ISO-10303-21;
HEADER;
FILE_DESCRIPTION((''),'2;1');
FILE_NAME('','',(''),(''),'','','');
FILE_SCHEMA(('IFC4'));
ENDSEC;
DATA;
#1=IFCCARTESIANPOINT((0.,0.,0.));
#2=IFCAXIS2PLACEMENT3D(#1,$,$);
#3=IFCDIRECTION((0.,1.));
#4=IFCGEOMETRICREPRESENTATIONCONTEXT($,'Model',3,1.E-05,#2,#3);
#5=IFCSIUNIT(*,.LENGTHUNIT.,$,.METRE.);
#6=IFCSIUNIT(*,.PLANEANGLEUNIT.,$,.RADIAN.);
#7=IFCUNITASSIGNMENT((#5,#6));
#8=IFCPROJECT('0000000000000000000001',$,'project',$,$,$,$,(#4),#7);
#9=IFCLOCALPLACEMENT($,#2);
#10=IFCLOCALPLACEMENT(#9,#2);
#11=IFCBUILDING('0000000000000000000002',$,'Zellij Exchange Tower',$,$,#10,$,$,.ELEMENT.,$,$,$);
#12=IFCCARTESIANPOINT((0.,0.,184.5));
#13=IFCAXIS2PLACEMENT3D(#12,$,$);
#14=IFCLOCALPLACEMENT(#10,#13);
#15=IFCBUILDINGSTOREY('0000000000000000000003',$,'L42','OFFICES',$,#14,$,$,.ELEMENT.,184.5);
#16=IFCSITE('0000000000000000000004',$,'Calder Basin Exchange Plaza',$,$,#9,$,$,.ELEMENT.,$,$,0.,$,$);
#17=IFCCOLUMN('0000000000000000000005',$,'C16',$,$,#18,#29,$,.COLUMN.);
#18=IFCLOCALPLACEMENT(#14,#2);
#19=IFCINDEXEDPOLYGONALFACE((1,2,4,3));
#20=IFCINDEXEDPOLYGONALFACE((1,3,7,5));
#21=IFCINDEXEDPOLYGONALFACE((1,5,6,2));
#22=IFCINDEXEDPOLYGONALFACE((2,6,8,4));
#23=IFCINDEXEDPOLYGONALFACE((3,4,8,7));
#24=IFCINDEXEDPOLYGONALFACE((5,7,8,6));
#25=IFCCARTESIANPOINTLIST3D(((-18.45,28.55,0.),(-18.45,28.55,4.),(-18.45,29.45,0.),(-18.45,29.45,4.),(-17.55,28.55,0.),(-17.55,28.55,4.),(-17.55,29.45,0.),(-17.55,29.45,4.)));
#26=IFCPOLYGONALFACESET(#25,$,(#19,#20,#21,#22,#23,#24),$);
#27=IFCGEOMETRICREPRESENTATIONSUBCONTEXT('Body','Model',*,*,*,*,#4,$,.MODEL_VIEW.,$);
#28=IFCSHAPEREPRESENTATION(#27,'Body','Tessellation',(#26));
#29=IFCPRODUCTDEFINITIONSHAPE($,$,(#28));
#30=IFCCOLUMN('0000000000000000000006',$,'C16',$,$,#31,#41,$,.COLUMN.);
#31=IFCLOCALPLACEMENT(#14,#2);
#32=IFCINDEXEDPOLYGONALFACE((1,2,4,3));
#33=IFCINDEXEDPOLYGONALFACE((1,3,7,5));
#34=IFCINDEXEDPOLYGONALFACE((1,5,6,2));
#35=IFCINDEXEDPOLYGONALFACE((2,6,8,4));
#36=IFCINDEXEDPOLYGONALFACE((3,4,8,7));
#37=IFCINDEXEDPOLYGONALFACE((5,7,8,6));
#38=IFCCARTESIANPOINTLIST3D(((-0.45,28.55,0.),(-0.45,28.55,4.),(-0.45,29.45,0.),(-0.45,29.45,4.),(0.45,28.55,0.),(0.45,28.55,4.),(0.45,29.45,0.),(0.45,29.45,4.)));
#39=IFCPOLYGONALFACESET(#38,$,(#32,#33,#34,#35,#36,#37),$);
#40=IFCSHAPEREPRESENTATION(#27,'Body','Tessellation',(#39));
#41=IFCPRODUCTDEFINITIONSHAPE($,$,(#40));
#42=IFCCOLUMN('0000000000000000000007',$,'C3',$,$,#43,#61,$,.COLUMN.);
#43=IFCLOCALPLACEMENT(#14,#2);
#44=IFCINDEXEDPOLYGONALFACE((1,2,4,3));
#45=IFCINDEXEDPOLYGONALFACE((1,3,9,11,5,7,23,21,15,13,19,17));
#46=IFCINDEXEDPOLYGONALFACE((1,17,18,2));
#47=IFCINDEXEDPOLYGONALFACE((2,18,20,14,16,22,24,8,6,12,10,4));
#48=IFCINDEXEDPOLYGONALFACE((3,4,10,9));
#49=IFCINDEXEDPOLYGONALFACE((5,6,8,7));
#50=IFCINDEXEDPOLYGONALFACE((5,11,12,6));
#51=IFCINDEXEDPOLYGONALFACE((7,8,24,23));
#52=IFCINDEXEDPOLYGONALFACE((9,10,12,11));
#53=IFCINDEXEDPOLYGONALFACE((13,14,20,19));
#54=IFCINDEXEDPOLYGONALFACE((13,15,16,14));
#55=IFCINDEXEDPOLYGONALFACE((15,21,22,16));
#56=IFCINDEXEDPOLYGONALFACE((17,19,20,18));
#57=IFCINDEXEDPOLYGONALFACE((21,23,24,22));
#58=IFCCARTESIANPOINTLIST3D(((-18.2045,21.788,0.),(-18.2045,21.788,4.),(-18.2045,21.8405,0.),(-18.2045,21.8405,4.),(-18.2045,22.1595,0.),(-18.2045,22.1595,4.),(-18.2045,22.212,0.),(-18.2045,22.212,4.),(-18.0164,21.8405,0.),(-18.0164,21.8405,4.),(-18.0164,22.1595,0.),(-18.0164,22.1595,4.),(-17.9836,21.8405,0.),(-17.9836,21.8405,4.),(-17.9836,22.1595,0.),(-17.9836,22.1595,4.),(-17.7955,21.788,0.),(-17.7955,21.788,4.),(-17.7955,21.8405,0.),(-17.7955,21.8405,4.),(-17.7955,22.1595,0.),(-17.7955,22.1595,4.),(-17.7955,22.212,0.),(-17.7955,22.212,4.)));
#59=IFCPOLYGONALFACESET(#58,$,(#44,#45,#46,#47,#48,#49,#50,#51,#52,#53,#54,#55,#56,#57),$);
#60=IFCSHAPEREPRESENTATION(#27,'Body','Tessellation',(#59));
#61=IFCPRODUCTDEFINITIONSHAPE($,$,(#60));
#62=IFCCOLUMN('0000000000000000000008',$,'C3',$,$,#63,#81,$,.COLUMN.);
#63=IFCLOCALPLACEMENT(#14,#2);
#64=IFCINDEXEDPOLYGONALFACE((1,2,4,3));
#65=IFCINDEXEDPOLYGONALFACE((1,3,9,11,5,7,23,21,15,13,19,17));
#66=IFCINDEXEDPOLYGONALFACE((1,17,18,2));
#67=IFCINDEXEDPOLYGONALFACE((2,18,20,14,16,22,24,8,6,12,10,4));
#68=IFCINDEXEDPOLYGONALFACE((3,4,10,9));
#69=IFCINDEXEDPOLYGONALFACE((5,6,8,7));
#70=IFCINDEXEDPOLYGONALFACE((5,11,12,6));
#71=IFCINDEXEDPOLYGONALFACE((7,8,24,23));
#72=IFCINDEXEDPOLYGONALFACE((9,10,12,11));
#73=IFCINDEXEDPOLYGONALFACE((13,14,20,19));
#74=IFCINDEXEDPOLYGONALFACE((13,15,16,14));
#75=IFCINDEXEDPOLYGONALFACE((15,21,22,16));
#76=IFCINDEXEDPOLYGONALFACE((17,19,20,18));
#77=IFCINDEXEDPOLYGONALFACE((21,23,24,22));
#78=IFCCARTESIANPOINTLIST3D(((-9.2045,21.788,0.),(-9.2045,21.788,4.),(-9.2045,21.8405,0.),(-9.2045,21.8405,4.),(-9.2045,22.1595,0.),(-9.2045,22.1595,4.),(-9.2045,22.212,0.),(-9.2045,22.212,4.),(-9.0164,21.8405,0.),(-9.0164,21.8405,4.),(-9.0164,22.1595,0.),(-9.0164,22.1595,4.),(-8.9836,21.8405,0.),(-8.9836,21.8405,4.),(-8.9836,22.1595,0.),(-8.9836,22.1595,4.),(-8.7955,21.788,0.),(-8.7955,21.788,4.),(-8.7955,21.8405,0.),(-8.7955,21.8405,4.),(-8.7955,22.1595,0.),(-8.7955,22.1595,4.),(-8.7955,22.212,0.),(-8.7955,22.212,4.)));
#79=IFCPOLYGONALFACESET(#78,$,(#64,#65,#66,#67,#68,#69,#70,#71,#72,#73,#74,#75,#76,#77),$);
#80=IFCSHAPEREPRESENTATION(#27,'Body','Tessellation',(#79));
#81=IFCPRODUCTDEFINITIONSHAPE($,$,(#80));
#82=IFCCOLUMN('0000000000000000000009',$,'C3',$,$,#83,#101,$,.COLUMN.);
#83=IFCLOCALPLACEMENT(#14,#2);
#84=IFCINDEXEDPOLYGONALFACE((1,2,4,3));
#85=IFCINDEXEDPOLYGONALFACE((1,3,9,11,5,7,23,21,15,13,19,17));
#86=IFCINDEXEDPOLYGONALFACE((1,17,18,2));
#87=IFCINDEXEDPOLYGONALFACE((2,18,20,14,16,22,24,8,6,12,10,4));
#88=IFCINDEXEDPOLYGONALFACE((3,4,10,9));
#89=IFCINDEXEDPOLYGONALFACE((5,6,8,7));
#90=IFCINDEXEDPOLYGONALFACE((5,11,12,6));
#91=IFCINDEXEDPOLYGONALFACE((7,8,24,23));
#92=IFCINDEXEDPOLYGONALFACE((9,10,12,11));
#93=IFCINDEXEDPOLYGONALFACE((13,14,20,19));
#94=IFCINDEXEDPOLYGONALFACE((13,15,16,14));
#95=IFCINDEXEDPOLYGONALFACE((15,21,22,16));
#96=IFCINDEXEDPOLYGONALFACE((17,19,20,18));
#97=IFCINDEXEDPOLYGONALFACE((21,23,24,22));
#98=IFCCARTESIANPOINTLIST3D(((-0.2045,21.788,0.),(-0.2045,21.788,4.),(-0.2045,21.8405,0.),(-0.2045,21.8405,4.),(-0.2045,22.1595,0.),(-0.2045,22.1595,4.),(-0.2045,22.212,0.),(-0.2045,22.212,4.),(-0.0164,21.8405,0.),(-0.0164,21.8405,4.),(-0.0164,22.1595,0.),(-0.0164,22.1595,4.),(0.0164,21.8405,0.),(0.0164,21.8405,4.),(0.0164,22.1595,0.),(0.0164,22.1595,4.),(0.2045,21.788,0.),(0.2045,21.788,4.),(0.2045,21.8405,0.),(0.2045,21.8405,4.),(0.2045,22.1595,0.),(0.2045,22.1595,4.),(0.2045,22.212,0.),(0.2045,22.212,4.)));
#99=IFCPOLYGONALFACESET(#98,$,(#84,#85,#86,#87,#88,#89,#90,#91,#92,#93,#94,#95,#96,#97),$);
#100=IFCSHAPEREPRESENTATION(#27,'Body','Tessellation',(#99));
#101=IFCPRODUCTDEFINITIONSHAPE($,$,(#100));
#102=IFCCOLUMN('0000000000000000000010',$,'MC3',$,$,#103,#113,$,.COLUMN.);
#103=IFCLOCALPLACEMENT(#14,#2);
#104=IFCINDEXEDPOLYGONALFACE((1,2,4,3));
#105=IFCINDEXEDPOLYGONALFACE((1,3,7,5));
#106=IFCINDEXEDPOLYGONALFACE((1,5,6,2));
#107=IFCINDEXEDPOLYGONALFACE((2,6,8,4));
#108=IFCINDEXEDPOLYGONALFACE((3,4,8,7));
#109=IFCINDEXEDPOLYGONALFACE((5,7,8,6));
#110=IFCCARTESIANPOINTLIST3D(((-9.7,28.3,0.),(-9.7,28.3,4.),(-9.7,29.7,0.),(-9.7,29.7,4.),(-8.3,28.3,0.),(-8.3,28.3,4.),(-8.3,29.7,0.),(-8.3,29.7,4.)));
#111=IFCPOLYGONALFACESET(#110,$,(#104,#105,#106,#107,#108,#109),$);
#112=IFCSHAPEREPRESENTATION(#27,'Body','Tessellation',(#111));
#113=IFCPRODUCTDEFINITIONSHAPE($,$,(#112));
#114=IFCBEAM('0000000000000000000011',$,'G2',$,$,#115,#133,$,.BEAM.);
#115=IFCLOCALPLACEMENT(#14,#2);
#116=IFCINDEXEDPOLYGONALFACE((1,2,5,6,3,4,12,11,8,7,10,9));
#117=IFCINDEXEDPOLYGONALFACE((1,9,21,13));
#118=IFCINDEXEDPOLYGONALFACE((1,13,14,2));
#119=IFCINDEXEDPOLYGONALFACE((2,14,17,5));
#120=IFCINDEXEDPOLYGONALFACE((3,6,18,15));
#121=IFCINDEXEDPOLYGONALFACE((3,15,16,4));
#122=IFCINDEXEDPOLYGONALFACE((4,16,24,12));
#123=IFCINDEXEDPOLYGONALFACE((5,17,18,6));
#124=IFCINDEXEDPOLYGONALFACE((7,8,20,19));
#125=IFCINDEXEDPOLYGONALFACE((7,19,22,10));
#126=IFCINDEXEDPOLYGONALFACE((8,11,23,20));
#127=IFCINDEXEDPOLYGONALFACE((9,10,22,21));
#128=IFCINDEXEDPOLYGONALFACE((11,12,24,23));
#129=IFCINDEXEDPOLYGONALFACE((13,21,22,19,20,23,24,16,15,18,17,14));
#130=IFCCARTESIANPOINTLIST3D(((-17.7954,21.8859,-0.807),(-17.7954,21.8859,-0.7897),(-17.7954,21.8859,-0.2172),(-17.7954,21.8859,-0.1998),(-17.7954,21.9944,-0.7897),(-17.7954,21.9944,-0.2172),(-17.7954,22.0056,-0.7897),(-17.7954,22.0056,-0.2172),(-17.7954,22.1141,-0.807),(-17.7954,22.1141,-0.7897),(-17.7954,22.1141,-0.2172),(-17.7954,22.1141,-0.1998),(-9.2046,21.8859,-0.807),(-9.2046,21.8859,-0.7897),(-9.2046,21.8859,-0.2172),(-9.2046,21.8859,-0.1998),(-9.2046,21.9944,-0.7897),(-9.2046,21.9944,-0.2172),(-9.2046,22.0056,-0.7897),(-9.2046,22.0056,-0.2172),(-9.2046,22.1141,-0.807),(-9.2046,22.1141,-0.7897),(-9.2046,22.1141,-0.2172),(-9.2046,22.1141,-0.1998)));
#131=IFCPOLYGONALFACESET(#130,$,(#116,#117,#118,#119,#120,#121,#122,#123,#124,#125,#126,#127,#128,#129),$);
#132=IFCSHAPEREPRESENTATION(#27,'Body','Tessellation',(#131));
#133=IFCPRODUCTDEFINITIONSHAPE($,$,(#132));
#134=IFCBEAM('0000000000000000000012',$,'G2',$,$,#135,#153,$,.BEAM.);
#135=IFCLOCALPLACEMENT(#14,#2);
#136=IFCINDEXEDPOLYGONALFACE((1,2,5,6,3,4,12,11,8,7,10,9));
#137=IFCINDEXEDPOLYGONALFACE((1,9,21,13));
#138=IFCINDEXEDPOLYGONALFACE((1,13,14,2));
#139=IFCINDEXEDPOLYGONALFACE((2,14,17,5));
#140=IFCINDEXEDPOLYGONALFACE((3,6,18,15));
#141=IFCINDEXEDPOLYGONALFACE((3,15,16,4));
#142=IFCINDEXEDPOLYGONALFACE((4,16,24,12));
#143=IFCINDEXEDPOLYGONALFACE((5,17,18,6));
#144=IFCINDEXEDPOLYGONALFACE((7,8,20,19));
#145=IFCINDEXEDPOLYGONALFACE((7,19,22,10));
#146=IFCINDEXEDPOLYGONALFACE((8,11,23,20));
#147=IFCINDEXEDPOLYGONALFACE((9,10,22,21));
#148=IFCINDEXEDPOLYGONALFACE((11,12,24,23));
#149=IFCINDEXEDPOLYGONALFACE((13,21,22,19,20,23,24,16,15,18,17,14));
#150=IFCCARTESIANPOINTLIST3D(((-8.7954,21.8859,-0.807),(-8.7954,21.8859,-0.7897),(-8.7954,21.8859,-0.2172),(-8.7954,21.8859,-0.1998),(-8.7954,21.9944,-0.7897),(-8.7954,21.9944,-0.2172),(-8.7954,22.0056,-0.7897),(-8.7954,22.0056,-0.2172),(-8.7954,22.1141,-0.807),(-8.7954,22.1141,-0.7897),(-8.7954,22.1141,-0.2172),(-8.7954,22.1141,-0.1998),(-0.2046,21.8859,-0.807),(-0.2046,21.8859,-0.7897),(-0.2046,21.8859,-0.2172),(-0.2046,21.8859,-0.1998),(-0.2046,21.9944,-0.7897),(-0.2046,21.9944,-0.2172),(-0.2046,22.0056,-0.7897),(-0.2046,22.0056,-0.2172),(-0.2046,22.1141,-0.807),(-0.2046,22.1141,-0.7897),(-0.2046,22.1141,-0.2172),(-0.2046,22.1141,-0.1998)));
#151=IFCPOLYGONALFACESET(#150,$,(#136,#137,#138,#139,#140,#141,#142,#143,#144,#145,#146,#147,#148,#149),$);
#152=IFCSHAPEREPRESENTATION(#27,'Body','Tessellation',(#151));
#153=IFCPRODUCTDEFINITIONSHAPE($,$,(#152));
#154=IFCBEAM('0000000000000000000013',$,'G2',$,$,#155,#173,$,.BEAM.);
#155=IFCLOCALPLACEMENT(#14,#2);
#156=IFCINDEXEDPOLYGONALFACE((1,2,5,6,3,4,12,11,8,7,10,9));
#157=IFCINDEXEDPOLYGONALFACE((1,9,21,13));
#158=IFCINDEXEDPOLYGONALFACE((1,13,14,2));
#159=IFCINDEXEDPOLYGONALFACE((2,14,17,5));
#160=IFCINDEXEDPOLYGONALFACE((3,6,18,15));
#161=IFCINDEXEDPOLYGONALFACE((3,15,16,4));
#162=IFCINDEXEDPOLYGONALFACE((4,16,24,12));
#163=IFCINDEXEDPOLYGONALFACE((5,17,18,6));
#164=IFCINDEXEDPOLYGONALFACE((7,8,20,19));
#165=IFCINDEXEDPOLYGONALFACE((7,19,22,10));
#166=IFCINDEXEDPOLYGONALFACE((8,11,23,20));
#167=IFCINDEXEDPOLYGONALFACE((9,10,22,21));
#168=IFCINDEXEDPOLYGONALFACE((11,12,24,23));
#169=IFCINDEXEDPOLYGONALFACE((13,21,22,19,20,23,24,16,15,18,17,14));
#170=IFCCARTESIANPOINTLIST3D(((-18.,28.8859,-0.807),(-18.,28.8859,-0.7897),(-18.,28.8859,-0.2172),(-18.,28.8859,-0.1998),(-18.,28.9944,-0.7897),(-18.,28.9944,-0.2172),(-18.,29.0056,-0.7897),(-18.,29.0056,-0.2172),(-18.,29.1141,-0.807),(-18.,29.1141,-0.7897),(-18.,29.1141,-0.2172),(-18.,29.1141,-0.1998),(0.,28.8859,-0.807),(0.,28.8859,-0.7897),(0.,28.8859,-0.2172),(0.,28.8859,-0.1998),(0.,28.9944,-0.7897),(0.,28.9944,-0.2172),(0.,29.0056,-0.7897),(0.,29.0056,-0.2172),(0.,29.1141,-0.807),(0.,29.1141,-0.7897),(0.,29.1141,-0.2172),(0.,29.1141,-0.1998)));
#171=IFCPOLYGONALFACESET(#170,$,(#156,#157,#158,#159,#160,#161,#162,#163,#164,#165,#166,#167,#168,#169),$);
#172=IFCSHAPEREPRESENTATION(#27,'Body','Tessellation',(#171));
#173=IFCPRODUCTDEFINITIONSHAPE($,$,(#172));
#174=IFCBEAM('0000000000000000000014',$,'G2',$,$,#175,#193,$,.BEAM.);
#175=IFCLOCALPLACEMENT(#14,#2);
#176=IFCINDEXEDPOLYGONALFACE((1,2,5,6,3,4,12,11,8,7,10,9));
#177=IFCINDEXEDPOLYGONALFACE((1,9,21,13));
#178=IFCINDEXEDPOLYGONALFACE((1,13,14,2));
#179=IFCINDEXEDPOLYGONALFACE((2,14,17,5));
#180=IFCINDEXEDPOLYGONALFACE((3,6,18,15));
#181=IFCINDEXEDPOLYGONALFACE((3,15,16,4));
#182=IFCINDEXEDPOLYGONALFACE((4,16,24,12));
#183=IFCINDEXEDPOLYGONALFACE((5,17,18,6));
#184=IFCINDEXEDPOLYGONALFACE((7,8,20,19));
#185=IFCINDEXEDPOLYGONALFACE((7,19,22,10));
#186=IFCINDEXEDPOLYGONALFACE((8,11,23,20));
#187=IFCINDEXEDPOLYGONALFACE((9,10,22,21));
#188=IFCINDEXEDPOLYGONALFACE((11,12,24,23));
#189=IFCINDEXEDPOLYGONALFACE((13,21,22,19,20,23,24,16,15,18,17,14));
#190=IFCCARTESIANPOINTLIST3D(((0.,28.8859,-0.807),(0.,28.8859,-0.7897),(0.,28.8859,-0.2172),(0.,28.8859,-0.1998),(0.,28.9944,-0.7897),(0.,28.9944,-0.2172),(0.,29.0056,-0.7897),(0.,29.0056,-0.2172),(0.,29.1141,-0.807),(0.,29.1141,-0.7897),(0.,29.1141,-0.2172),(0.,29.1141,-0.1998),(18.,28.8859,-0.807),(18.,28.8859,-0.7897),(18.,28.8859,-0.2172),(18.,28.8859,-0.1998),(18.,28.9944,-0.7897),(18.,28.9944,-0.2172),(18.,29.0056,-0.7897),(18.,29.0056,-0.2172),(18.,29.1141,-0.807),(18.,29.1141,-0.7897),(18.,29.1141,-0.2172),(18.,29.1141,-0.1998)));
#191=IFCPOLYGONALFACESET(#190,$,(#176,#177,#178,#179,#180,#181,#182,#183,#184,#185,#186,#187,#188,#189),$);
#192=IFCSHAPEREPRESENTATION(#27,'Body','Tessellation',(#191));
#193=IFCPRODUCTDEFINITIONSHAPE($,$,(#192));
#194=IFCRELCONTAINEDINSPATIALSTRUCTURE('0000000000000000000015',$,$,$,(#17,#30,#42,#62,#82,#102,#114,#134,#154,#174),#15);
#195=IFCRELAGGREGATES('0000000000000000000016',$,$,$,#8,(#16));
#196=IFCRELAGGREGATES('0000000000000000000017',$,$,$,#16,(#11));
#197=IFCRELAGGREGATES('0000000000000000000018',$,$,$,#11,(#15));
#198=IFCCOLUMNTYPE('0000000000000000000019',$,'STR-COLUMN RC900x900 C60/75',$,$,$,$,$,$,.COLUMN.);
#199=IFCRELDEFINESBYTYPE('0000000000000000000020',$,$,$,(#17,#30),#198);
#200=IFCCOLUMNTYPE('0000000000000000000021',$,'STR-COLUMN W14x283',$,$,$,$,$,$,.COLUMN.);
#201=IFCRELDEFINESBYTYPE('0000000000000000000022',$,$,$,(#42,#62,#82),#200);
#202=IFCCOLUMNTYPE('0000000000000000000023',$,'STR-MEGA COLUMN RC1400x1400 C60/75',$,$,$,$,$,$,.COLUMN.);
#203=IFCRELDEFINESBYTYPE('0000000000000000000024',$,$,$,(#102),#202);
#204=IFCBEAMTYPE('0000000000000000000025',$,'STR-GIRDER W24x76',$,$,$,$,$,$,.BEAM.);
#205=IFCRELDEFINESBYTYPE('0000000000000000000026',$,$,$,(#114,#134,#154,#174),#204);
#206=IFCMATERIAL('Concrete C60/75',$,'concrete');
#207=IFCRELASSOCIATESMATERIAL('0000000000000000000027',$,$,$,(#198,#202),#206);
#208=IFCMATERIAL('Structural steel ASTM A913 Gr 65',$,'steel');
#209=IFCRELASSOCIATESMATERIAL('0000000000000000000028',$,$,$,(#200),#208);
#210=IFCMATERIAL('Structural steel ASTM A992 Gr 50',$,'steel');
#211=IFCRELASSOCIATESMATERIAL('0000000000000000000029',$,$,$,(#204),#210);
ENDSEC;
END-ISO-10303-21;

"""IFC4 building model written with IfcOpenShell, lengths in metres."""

from ifc_helpers import new_model, si_unit, direction, frame, origin, origin_2d, place, context, subcontext, project, spatial, rectangle, i_section, extrude, material, material_profile, profile_set, type_object, element, save


model = new_model("IFC4")

# Units and contexts
model_context = context("Model", 3, precision=1e-05, world=origin(), true_north=direction((0.0, 1.0)))
body_context = subcontext(model_context, "Body", "Model", "MODEL_VIEW")
ifc_project = project(units=[si_unit("LENGTHUNIT", "METRE"), si_unit("PLANEANGLEUNIT", "RADIAN")], contexts=[model_context])

# Site, building, storey
site_placement = place(None, origin())
site = spatial("IfcSite", under=ifc_project, at=site_placement, Name="Calder Basin Exchange Plaza", CompositionType="ELEMENT", RefElevation=0.0)
building_placement = place(site_placement, origin())
building = spatial("IfcBuilding", under=site, at=building_placement, Name="Zellij Exchange Tower", CompositionType="ELEMENT")
storey_placement = place(building_placement, frame((0.0, 0.0, 184.5)))
storey = spatial("IfcBuildingStorey", under=building, at=storey_placement, Name="L42", Description="OFFICES", CompositionType="ELEMENT", Elevation=184.5)

# Columns
ifc_material_1 = material(Name="Concrete C60/75", Category="concrete")
ifc_material_profile_1 = material_profile(ifc_material_1, rectangle(XDim=0.8999, YDim=0.8999, at=origin_2d()), Name="STR-COLUMN RC900x900 C60/75")
ifc_profile_set_1 = profile_set([ifc_material_profile_1], Name="Concrete C60/75")
column_type_1 = type_object("IfcColumnType", Name="STR-COLUMN RC900x900 C60/75", PredefinedType="COLUMN", material=ifc_profile_set_1)
for number, where, z_axis, x_axis, name in (
    (1, (-18.0, 29.0, 0.0), (0.0, 0.0, 1.0), (1.0, 0.0, 0.0), "C16"),
    (2, (0.0, 29.0, 0.0), (0.0, 0.0, 1.0), (1.0, 0.0, 0.0), "C16"),
):
    element("IfcColumn", number, at=place(storey_placement, frame(where, z_axis=z_axis, x_axis=x_axis)), inside=storey, type_object=column_type_1, Name=name, PredefinedType="COLUMN", context=body_context, shape_type="SweptSolid", body=[
        extrude(rectangle(XDim=0.8999, YDim=0.8999, at=origin_2d()), origin(), (0.0, 0.0, 1.0), 4.0),
    ])
ifc_material_2 = material(Name="Structural steel ASTM A913 Gr 65", Category="steel")
ifc_material_profile_2 = material_profile(ifc_material_2, i_section(OverallWidth=0.4089, OverallDepth=0.4241, WebThickness=0.0327, FlangeThickness=0.0525, at=origin_2d()), Name="W14x283")
ifc_profile_set_2 = profile_set([ifc_material_profile_2], Name="Structural steel ASTM A913 Gr 65")
column_type_2 = type_object("IfcColumnType", Name="STR-COLUMN W14x283", PredefinedType="COLUMN", material=ifc_profile_set_2)
for number, where, z_axis, x_axis, name in (
    (3, (-18.0, 22.0, 0.0), (0.0, 0.0, 1.0), (1.0, 0.0, 0.0), "C3"),
    (4, (-9.0, 22.0, 0.0), (0.0, 0.0, 1.0), (1.0, 0.0, 0.0), "C3"),
    (5, (0.0, 22.0, 0.0), (0.0, 0.0, 1.0), (1.0, 0.0, 0.0), "C3"),
):
    element("IfcColumn", number, at=place(storey_placement, frame(where, z_axis=z_axis, x_axis=x_axis)), inside=storey, type_object=column_type_2, Name=name, PredefinedType="COLUMN", context=body_context, shape_type="SweptSolid", body=[
        extrude(i_section(OverallWidth=0.4089, OverallDepth=0.4241, WebThickness=0.0327, FlangeThickness=0.0525, at=origin_2d()), origin(), (0.0, 0.0, 1.0), 4.0),
    ])
ifc_material_profile_3 = material_profile(ifc_material_1, rectangle(XDim=1.3999, YDim=1.3999, at=origin_2d()), Name="STR-MEGA COLUMN RC1400x1400 C60/75")
ifc_profile_set_3 = profile_set([ifc_material_profile_3], Name="Concrete C60/75")
column_type_3 = type_object("IfcColumnType", Name="STR-MEGA COLUMN RC1400x1400 C60/75", PredefinedType="COLUMN", material=ifc_profile_set_3)
column_placement = place(storey_placement, frame((-9.0, 29.0, 0.0), z_axis=(0.0, 0.0, 1.0), x_axis=(1.0, 0.0, 0.0)))
element("IfcColumn", 6, at=column_placement, inside=storey, type_object=column_type_3, Name="MC3", PredefinedType="COLUMN", context=body_context, shape_type="SweptSolid", body=[
    extrude(rectangle(XDim=1.3999, YDim=1.3999, at=origin_2d()), origin(), (0.0, 0.0, 1.0), 4.0),
])

# Beams
ifc_material_3 = material(Name="Structural steel ASTM A992 Gr 50", Category="steel")
ifc_material_profile_4 = material_profile(ifc_material_3, i_section(OverallWidth=0.2283, OverallDepth=0.6072, WebThickness=0.0112, FlangeThickness=0.0173, at=origin_2d()), Name="W24x76")
ifc_profile_set_4 = profile_set([ifc_material_profile_4], Name="Structural steel ASTM A992 Gr 50")
beam_type = type_object("IfcBeamType", Name="STR-GIRDER W24x76", PredefinedType="BEAM", material=ifc_profile_set_4)
for number, where, z_axis, x_axis, name in (
    (7, (-17.7954, 22.0, -0.5034), (1.0, 0.0, 0.0), (0.0, 1.0, 0.0), "G2"),
    (8, (-8.7954, 22.0, -0.5034), (1.0, 0.0, 0.0), (0.0, 1.0, 0.0), "G2"),
):
    element("IfcBeam", number, at=place(storey_placement, frame(where, z_axis=z_axis, x_axis=x_axis)), inside=storey, type_object=beam_type, Name=name, PredefinedType="BEAM", context=body_context, shape_type="SweptSolid", body=[
        extrude(i_section(OverallWidth=0.2283, OverallDepth=0.6072, WebThickness=0.0112, FlangeThickness=0.0173, at=origin_2d()), origin(), (0.0, 0.0, 1.0), 8.5908),
    ])
for number, where, z_axis, x_axis, name in (
    (9, (-18.0, 29.0, -0.5034), (1.0, 0.0, 0.0), (0.0, 1.0, 0.0), "G2"),
    (10, (0.0, 29.0, -0.5034), (1.0, 0.0, 0.0), (0.0, 1.0, 0.0), "G2"),
):
    element("IfcBeam", number, at=place(storey_placement, frame(where, z_axis=z_axis, x_axis=x_axis)), inside=storey, type_object=beam_type, Name=name, PredefinedType="BEAM", context=body_context, shape_type="SweptSolid", body=[
        extrude(i_section(OverallWidth=0.2283, OverallDepth=0.6072, WebThickness=0.0112, FlangeThickness=0.0173, at=origin_2d()), origin(), (0.0, 0.0, 1.0), 18.0),
    ])

save(model, "model.ifc")
